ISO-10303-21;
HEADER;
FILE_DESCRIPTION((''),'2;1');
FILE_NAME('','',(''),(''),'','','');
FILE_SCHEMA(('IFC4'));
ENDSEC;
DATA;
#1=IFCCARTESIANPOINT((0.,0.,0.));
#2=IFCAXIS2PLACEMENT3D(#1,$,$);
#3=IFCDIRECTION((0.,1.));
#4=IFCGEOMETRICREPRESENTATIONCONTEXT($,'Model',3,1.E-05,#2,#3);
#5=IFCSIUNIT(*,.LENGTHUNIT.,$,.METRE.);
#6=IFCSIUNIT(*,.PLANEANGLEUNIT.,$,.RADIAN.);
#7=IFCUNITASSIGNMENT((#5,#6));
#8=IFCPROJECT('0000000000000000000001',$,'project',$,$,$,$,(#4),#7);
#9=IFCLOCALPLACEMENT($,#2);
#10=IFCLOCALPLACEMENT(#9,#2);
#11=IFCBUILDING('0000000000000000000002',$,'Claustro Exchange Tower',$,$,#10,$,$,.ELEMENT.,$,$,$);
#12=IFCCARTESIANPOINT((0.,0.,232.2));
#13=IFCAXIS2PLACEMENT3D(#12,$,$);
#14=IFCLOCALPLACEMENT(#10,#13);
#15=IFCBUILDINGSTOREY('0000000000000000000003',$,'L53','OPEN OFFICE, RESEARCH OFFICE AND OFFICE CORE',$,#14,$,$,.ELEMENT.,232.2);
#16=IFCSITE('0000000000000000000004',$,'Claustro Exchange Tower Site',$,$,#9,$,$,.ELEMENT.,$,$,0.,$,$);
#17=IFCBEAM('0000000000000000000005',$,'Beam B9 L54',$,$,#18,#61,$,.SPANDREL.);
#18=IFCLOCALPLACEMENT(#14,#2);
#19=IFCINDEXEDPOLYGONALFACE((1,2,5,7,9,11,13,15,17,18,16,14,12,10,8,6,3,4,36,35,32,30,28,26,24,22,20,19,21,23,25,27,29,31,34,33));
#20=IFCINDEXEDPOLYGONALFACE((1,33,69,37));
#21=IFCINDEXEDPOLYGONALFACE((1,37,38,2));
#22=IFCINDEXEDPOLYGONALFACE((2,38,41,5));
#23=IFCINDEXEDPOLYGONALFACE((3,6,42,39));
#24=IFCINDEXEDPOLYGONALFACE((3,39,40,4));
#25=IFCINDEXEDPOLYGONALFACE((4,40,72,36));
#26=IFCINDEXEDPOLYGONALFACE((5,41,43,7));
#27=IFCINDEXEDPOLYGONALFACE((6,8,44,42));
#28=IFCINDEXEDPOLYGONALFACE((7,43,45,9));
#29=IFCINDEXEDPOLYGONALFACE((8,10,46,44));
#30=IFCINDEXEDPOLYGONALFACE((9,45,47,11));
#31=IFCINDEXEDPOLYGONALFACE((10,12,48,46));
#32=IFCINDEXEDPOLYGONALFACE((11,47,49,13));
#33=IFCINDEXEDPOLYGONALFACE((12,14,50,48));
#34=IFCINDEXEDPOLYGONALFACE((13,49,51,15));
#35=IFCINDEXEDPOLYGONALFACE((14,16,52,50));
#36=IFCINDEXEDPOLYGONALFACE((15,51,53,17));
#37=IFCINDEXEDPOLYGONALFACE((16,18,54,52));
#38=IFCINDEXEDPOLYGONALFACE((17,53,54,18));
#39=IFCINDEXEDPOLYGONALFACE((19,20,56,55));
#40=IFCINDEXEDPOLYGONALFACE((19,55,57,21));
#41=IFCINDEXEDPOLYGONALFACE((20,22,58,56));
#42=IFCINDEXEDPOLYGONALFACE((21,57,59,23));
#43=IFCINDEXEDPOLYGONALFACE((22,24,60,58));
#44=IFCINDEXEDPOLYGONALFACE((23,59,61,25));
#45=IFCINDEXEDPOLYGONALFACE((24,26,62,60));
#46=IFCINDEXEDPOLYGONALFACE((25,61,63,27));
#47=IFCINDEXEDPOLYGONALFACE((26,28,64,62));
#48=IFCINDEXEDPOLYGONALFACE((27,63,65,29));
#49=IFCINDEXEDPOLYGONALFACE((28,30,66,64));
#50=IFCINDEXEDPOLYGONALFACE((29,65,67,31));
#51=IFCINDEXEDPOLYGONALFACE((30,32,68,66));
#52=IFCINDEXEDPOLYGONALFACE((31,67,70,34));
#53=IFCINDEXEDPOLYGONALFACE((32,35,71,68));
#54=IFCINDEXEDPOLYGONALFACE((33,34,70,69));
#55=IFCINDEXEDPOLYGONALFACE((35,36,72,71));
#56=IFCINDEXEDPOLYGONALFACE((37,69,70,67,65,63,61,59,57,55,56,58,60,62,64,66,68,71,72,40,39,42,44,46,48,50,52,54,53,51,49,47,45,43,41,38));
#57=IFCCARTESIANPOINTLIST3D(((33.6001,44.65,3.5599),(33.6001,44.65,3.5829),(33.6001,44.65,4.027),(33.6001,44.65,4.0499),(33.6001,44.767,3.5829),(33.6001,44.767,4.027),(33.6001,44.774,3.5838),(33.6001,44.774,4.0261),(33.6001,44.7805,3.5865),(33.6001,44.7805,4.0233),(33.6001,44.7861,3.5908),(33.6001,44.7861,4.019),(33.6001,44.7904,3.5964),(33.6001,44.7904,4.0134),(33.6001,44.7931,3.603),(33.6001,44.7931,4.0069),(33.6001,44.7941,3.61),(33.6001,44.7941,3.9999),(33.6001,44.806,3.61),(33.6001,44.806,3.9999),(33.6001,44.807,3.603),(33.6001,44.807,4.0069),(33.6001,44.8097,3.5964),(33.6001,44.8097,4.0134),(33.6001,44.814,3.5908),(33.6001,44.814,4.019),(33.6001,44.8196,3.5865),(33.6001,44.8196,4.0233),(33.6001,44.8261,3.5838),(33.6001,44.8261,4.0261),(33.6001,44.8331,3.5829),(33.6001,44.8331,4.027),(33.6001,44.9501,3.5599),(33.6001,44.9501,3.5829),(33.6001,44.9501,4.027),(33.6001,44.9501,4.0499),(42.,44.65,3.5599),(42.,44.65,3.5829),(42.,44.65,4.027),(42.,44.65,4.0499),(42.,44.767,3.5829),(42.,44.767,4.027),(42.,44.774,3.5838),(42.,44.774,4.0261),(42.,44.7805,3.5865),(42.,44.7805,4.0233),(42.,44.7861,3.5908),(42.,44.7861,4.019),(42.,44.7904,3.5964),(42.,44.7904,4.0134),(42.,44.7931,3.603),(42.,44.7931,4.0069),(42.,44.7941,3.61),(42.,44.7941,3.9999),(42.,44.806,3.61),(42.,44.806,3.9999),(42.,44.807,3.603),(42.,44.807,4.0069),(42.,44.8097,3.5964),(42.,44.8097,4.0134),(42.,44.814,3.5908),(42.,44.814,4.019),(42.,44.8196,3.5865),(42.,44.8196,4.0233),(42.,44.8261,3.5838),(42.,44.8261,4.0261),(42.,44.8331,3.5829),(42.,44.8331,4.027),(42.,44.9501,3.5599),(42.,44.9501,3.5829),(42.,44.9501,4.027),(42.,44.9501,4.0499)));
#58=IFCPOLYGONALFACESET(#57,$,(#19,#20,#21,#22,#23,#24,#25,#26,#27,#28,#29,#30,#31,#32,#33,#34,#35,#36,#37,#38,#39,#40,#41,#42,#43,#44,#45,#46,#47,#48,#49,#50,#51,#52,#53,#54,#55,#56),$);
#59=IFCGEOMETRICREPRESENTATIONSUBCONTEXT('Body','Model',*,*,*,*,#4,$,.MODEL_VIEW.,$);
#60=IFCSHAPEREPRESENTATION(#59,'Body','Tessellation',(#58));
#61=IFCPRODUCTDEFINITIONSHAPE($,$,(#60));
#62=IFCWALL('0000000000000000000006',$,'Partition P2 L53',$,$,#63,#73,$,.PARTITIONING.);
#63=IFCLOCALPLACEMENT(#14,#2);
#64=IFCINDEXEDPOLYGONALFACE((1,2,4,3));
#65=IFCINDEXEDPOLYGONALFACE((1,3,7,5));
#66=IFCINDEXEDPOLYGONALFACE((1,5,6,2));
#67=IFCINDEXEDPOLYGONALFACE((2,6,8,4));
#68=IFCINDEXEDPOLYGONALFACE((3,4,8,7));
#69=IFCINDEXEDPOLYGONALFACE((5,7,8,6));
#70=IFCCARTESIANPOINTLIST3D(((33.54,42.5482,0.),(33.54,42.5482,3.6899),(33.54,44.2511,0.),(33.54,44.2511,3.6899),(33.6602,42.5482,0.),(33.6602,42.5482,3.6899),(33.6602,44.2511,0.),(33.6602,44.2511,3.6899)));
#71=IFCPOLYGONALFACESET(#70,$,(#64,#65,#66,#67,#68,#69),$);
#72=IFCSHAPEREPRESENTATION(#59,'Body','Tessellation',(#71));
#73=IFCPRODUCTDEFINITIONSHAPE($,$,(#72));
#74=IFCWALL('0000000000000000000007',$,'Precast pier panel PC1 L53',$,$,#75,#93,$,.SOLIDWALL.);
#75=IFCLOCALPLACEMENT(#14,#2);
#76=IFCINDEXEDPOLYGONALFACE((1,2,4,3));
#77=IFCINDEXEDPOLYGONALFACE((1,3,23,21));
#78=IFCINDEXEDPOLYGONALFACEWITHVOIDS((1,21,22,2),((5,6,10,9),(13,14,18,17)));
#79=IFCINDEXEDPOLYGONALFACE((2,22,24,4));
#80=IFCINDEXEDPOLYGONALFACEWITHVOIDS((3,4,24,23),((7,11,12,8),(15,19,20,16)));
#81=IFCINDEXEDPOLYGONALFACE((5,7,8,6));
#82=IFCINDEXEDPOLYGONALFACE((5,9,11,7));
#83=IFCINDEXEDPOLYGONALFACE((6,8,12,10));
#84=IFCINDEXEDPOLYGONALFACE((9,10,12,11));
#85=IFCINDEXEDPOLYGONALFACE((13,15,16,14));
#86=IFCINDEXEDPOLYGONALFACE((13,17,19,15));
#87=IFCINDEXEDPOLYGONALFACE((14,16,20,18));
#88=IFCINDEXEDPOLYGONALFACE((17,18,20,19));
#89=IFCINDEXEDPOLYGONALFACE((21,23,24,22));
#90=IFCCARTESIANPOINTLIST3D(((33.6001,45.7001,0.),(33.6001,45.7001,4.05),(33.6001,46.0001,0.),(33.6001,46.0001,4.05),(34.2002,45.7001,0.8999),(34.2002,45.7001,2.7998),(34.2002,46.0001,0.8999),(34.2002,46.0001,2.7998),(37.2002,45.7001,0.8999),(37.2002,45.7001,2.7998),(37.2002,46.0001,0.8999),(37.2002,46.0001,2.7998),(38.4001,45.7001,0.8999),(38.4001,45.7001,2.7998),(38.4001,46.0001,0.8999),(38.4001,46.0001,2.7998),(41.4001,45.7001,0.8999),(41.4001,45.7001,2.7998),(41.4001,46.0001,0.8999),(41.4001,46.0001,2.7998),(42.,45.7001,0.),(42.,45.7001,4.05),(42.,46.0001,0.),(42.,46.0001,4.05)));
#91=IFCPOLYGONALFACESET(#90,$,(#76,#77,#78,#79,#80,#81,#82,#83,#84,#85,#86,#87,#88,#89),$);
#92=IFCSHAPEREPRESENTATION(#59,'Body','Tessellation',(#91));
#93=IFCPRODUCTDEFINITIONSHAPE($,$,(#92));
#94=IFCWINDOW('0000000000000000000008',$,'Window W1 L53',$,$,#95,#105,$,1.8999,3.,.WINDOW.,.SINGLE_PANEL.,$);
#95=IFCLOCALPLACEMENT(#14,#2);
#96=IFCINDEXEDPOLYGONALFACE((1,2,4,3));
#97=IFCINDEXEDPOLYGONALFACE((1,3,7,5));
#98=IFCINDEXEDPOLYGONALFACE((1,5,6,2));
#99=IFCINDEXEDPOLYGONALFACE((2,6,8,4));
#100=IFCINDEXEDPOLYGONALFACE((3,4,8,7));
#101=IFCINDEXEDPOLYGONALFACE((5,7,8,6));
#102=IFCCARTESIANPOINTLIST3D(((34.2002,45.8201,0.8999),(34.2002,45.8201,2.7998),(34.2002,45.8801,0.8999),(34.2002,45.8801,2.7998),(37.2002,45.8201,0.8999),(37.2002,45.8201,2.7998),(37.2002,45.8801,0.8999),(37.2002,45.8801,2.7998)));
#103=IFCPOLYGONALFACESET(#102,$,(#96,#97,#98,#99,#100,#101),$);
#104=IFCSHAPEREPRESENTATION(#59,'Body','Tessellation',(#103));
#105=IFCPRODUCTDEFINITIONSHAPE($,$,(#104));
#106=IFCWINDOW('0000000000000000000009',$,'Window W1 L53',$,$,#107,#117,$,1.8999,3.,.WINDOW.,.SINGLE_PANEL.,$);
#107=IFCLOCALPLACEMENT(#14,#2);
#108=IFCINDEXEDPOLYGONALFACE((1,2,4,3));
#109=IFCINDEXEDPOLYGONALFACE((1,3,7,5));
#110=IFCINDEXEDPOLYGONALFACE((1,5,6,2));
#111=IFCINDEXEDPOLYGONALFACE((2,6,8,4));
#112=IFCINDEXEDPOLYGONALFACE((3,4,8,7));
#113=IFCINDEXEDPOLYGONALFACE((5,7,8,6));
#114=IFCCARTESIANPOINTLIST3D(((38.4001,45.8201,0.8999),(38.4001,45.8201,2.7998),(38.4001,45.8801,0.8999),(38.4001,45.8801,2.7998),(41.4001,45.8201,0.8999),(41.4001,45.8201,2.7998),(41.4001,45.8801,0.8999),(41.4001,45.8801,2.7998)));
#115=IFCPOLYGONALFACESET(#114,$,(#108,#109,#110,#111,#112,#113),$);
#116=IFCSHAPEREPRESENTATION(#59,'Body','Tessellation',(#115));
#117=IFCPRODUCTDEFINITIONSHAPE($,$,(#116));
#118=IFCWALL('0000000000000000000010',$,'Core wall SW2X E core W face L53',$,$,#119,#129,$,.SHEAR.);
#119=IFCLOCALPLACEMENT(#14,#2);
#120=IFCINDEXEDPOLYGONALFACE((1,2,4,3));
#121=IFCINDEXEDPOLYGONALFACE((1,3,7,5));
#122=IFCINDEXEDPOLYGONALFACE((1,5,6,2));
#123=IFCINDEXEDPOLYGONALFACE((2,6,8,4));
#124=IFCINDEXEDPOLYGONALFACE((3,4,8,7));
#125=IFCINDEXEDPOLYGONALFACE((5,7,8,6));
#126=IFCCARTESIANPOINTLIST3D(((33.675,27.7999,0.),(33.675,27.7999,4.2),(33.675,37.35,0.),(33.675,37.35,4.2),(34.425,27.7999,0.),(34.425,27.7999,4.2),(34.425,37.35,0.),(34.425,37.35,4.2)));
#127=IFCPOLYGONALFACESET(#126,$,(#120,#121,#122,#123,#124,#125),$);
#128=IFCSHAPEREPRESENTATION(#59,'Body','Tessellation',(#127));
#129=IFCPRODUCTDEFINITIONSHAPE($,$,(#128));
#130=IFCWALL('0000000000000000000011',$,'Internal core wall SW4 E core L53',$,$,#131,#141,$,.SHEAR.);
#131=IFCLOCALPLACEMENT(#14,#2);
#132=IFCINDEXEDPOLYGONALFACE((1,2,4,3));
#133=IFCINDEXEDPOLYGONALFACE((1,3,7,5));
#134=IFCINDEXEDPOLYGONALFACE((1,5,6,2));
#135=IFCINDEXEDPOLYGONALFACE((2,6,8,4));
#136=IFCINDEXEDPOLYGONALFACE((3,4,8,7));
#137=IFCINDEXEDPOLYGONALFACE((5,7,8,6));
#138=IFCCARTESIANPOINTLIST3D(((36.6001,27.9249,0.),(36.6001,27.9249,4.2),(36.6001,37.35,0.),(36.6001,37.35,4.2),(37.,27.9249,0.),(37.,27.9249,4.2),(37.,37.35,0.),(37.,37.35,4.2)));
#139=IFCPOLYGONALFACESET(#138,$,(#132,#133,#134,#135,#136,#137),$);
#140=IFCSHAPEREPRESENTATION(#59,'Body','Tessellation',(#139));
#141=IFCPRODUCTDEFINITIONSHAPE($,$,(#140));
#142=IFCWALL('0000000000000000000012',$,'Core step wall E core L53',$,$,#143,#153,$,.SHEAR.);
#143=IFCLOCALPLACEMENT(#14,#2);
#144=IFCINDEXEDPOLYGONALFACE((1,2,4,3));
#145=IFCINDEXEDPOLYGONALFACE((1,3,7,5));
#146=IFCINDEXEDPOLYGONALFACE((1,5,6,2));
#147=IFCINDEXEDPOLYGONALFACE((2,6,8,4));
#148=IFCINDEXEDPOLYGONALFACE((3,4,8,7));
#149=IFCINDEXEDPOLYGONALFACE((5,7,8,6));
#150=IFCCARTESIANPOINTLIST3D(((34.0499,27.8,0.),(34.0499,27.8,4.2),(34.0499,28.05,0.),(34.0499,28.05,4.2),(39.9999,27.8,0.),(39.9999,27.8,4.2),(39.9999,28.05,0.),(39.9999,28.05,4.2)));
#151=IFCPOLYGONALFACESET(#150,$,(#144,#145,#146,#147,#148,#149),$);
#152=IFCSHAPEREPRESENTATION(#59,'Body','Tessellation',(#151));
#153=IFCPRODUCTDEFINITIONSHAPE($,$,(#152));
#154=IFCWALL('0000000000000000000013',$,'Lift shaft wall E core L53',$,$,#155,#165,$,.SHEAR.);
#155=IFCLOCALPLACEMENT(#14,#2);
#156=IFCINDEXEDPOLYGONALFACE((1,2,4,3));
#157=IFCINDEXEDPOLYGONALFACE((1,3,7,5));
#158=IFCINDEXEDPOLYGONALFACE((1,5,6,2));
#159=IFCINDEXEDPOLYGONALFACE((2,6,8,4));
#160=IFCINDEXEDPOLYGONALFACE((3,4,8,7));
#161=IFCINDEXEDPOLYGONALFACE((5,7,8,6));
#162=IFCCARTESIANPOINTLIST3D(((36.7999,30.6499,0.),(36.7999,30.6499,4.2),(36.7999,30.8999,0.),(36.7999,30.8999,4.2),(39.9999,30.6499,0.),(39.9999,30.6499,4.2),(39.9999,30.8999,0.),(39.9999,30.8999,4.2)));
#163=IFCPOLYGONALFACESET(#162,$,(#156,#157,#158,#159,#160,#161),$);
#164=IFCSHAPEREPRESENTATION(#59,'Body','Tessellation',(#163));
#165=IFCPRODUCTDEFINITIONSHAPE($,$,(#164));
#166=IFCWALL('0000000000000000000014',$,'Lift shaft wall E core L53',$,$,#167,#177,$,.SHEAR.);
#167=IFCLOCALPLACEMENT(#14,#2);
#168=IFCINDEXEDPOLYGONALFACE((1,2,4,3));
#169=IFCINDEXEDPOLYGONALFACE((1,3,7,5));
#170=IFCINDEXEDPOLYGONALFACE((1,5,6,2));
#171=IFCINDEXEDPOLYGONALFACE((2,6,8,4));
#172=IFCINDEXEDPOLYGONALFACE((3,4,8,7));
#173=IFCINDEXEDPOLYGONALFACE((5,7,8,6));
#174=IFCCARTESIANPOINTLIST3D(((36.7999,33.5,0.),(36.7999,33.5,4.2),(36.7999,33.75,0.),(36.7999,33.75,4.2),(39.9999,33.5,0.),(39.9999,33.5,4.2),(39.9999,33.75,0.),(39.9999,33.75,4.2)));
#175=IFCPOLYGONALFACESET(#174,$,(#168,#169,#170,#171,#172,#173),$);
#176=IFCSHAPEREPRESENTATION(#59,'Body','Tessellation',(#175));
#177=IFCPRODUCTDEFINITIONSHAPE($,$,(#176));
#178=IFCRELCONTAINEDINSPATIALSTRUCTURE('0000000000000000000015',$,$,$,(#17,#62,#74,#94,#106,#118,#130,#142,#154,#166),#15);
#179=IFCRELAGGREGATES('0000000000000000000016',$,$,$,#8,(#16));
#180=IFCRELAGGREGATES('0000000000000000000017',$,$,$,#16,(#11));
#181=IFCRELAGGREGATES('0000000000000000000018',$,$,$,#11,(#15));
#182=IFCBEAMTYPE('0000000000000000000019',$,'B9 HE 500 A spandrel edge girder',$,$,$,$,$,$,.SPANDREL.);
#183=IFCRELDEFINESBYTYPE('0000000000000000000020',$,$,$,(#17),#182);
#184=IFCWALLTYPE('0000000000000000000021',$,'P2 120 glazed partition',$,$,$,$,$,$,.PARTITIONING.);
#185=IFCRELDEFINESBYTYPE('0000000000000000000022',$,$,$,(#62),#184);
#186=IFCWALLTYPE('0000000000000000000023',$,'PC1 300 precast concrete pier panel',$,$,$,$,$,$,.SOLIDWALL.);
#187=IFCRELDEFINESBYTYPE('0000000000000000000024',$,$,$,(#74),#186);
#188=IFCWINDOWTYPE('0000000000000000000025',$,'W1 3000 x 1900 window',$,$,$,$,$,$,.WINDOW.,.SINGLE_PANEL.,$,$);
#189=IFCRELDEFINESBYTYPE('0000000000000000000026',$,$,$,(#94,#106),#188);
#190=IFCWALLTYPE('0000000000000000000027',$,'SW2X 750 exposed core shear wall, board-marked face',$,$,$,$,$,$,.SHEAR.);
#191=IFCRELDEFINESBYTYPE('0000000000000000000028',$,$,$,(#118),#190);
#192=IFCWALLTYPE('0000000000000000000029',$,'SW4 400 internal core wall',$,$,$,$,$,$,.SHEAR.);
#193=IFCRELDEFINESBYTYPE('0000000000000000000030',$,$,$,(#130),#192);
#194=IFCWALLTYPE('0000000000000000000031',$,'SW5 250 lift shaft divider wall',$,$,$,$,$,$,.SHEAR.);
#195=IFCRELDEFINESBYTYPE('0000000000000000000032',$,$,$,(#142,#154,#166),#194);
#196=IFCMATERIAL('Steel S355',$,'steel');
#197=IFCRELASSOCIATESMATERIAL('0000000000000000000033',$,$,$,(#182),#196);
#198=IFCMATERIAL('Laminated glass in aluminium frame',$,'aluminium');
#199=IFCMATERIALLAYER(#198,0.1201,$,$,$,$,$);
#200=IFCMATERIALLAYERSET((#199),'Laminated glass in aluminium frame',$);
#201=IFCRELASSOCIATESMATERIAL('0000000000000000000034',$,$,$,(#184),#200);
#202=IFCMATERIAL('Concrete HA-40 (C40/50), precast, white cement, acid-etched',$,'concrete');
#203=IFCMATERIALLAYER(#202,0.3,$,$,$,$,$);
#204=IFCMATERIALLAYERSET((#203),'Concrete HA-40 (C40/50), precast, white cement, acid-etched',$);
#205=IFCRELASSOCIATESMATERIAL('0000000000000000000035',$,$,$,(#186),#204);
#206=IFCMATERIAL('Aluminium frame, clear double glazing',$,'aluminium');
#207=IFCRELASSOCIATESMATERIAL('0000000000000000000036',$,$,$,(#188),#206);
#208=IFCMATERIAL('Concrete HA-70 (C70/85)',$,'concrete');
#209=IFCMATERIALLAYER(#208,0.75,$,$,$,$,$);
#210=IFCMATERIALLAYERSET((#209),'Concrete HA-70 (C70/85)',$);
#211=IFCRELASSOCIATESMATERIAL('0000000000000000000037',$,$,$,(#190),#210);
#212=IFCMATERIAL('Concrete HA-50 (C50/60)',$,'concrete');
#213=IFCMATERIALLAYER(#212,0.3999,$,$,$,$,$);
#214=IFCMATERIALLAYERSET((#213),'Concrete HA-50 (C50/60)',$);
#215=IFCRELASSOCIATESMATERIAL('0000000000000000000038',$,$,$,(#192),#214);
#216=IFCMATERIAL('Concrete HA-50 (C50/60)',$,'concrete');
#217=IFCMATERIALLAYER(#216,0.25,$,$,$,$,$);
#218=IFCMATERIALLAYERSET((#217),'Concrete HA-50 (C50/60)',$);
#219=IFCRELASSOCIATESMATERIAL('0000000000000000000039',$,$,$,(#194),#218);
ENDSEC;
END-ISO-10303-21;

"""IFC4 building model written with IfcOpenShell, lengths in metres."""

from ifc_helpers import new_model, si_unit, direction, frame, frame_2d, origin, origin_2d, place, context, subcontext, project, spatial, rectangle, i_section, extrude, material, layer, layer_set, material_profile, profile_set, type_object, element, fill, save


model = new_model("IFC4")

# Units and contexts
model_context = context("Model", 3, precision=1e-05, world=origin(), true_north=direction((0.0, 1.0)))
body_context = subcontext(model_context, "Body", "Model", "MODEL_VIEW")
ifc_project = project(units=[si_unit("LENGTHUNIT", "METRE"), si_unit("PLANEANGLEUNIT", "RADIAN")], contexts=[model_context])

# Site, building, storey
site_placement = place(None, origin())
site = spatial("IfcSite", under=ifc_project, at=site_placement, Name="Claustro Exchange Tower Site", CompositionType="ELEMENT", RefElevation=0.0)
building_placement = place(site_placement, origin())
building = spatial("IfcBuilding", under=site, at=building_placement, Name="Claustro Exchange Tower", CompositionType="ELEMENT")
storey_placement = place(building_placement, frame((0.0, 0.0, 232.2)))
storey = spatial("IfcBuildingStorey", under=building, at=storey_placement, Name="L53", Description="OPEN OFFICE, RESEARCH OFFICE AND OFFICE CORE", CompositionType="ELEMENT", Elevation=232.2)

# Beam
ifc_material_1 = material(Name="Steel S355", Category="steel")
ifc_material_profile_1 = material_profile(ifc_material_1, i_section(OverallWidth=0.3, OverallDepth=0.49, WebThickness=0.012, FlangeThickness=0.0229, FilletRadius=0.0271, at=origin_2d()), Name="HE 500 A")
ifc_profile_set_1 = profile_set([ifc_material_profile_1], Name="Steel S355")
beam_type_1 = type_object("IfcBeamType", Name="B9 HE 500 A spandrel edge girder", PredefinedType="SPANDREL", material=ifc_profile_set_1)
beam_1_placement = place(storey_placement, frame((33.6001, 44.8, 3.8049), z_axis=(1.0, 0.0, 0.0), x_axis=(0.0, 1.0, 0.0)))
element("IfcBeam", 1, at=beam_1_placement, inside=storey, type_object=beam_type_1, Name="Beam B9 L54", PredefinedType="SPANDREL", context=body_context, shape_type="SweptSolid", body=[
    extrude(i_section(OverallWidth=0.3, OverallDepth=0.49, WebThickness=0.012, FlangeThickness=0.0229, FilletRadius=0.0271, at=origin_2d()), origin(), (0.0, 0.0, 1.0), 8.3999),
])

# Wall
ifc_material_2 = material(Name="Laminated glass in aluminium frame", Category="aluminium")
ifc_layer_1 = layer(ifc_material_2, 0.1201)
ifc_layer_set_1 = layer_set([ifc_layer_1], Name="Laminated glass in aluminium frame")
wall_type_1 = type_object("IfcWallType", Name="P2 120 glazed partition", PredefinedType="PARTITIONING", material=ifc_layer_set_1)
wall_1_placement = place(storey_placement, frame((33.6001, 42.5481, 0.0), z_axis=(0.0, 0.0, 1.0), x_axis=(0.0, 1.0, 0.0)))
element("IfcWall", 2, at=wall_1_placement, inside=storey, type_object=wall_type_1, Name="Partition P2 L53", PredefinedType="PARTITIONING", context=body_context, shape_type="SweptSolid", body=[
    extrude(rectangle(XDim=1.7029, YDim=0.1201, at=frame_2d((0.8516, 0.0))), origin(), (0.0, 0.0, 1.0), 3.6899),
])

# Wall, openings, windows
ifc_material_3 = material(Name="Concrete HA-40 (C40/50), precast, white cement, acid-etched", Category="concrete")
ifc_layer_2 = layer(ifc_material_3, 0.3)
ifc_layer_set_2 = layer_set([ifc_layer_2], Name="Concrete HA-40 (C40/50), precast, white cement, acid-etched")
wall_type_2 = type_object("IfcWallType", Name="PC1 300 precast concrete pier panel", PredefinedType="SOLIDWALL", material=ifc_layer_set_2)
wall_2_placement = place(storey_placement, frame((33.6001, 45.8501, 0.0), z_axis=(0.0, 0.0, 1.0), x_axis=(1.0, 0.0, 0.0)))
wall_2 = element("IfcWall", 3, at=wall_2_placement, inside=storey, type_object=wall_type_2, Name="Precast pier panel PC1 L53", PredefinedType="SOLIDWALL", context=body_context, shape_type="SweptSolid", body=[
    extrude(rectangle(XDim=8.3999, YDim=0.3, at=frame_2d((4.2, 0.0))), origin(), (0.0, 0.0, 1.0), 4.05),
])
opening_1_placement = place(wall_2_placement, frame((0.6001, 0.0, 0.8999)))
opening_1 = element("IfcOpeningElement", 4, at=opening_1_placement, cuts=wall_2, PredefinedType="OPENING", context=body_context, shape_type="SweptSolid", body=[
    extrude(rectangle(XDim=3.0, YDim=1.8999, at=frame_2d((1.5, 0.95))), frame((0.0, 0.1599, 0.0), z_axis=(0.0, -1.0, 0.0), x_axis=(1.0, 0.0, 0.0)), (0.0, 0.0, 1.0), 0.3201),
])
opening_2_placement = place(wall_2_placement, frame((4.8, 0.0, 0.8999)))
opening_2 = element("IfcOpeningElement", 5, at=opening_2_placement, cuts=wall_2, PredefinedType="OPENING", context=body_context, shape_type="SweptSolid", body=[
    extrude(rectangle(XDim=3.0, YDim=1.8999, at=frame_2d((1.5, 0.95))), frame((0.0, 0.1599, 0.0), z_axis=(0.0, -1.0, 0.0), x_axis=(1.0, 0.0, 0.0)), (0.0, 0.0, 1.0), 0.3201),
])
ifc_material_4 = material(Name="Aluminium frame, clear double glazing", Category="aluminium")
window_type = type_object("IfcWindowType", Name="W1 3000 x 1900 window", PartitioningType="SINGLE_PANEL", PredefinedType="WINDOW", material=ifc_material_4)
window_1_placement = place(opening_1_placement, origin())
window_1 = element("IfcWindow", 6, at=window_1_placement, inside=storey, type_object=window_type, Name="Window W1 L53", OverallHeight=1.8999, OverallWidth=3.0, PartitioningType="SINGLE_PANEL", PredefinedType="WINDOW", context=body_context, shape_type="SweptSolid", body=[
    extrude(rectangle(XDim=3.0, YDim=1.8999, at=frame_2d((1.5, 0.95))), frame((0.0, 0.03, 0.0), z_axis=(0.0, -1.0, 0.0), x_axis=(1.0, 0.0, 0.0)), (0.0, 0.0, 1.0), 0.0601),
])
fill(opening_1, window_1)
window_2_placement = place(opening_2_placement, origin())
window_2 = element("IfcWindow", 7, at=window_2_placement, inside=storey, type_object=window_type, Name="Window W1 L53", OverallHeight=1.8999, OverallWidth=3.0, PartitioningType="SINGLE_PANEL", PredefinedType="WINDOW", context=body_context, shape_type="SweptSolid", body=[
    extrude(rectangle(XDim=3.0, YDim=1.8999, at=frame_2d((1.5, 0.95))), frame((0.0, 0.03, 0.0), z_axis=(0.0, -1.0, 0.0), x_axis=(1.0, 0.0, 0.0)), (0.0, 0.0, 1.0), 0.0601),
])
fill(opening_2, window_2)

# Walls
ifc_material_5 = material(Name="Concrete HA-70 (C70/85)", Category="concrete")
ifc_layer_3 = layer(ifc_material_5, 0.75)
ifc_layer_set_3 = layer_set([ifc_layer_3], Name="Concrete HA-70 (C70/85)")
wall_type_3 = type_object("IfcWallType", Name="SW2X 750 exposed core shear wall, board-marked face", PredefinedType="SHEAR", material=ifc_layer_set_3)
wall_3_placement = place(storey_placement, frame((34.05, 27.8, 0.0), z_axis=(0.0, 0.0, 1.0), x_axis=(0.0, 1.0, 0.0)))
element("IfcWall", 8, at=wall_3_placement, inside=storey, type_object=wall_type_3, Name="Core wall SW2X E core W face L53", PredefinedType="SHEAR", context=body_context, shape_type="SweptSolid", body=[
    extrude(rectangle(XDim=9.55, YDim=0.75, at=frame_2d((4.7749, 0.0))), origin(), (0.0, 0.0, 1.0), 4.2),
])
ifc_material_6 = material(Name="Concrete HA-50 (C50/60)", Category="concrete")
ifc_layer_4 = layer(ifc_material_6, 0.3999)
ifc_layer_set_4 = layer_set([ifc_layer_4], Name="Concrete HA-50 (C50/60)")
wall_type_4 = type_object("IfcWallType", Name="SW4 400 internal core wall", PredefinedType="SHEAR", material=ifc_layer_set_4)
wall_4_placement = place(storey_placement, frame((36.8, 27.925, 0.0), z_axis=(0.0, 0.0, 1.0), x_axis=(0.0, 1.0, 0.0)))
element("IfcWall", 9, at=wall_4_placement, inside=storey, type_object=wall_type_4, Name="Internal core wall SW4 E core L53", PredefinedType="SHEAR", context=body_context, shape_type="SweptSolid", body=[
    extrude(rectangle(XDim=9.425, YDim=0.3999, at=frame_2d((4.7124, 0.0))), origin(), (0.0, 0.0, 1.0), 4.2),
])
ifc_material_7 = material(Name="Concrete HA-50 (C50/60)", Category="concrete")
ifc_layer_5 = layer(ifc_material_7, 0.25)
ifc_layer_set_5 = layer_set([ifc_layer_5], Name="Concrete HA-50 (C50/60)")
wall_type_5 = type_object("IfcWallType", Name="SW5 250 lift shaft divider wall", PredefinedType="SHEAR", material=ifc_layer_set_5)
wall_5_placement = place(storey_placement, frame((40.0, 27.925, 0.0), z_axis=(0.0, 0.0, 1.0), x_axis=(-1.0, 0.0, 0.0)))
element("IfcWall", 10, at=wall_5_placement, inside=storey, type_object=wall_type_5, Name="Core step wall E core L53", PredefinedType="SHEAR", context=body_context, shape_type="SweptSolid", body=[
    extrude(rectangle(XDim=5.95, YDim=0.25, at=frame_2d((2.9751, 0.0))), origin(), (0.0, 0.0, 1.0), 4.2),
])
for number, where, z_axis, x_axis, name in (
    (11, (40.0, 30.7749, 0.0), (0.0, 0.0, 1.0), (-1.0, 0.0, 0.0), "Lift shaft wall E core L53"),
    (12, (40.0, 33.625, 0.0), (0.0, 0.0, 1.0), (-1.0, 0.0, 0.0), "Lift shaft wall E core L53"),
):
    element("IfcWall", number, at=place(storey_placement, frame(where, z_axis=z_axis, x_axis=x_axis)), inside=storey, type_object=wall_type_5, Name=name, PredefinedType="SHEAR", context=body_context, shape_type="SweptSolid", body=[
        extrude(rectangle(XDim=3.2, YDim=0.25, at=frame_2d((1.6001, 0.0))), origin(), (0.0, 0.0, 1.0), 4.2),
    ])

save(model, "model.ifc")
